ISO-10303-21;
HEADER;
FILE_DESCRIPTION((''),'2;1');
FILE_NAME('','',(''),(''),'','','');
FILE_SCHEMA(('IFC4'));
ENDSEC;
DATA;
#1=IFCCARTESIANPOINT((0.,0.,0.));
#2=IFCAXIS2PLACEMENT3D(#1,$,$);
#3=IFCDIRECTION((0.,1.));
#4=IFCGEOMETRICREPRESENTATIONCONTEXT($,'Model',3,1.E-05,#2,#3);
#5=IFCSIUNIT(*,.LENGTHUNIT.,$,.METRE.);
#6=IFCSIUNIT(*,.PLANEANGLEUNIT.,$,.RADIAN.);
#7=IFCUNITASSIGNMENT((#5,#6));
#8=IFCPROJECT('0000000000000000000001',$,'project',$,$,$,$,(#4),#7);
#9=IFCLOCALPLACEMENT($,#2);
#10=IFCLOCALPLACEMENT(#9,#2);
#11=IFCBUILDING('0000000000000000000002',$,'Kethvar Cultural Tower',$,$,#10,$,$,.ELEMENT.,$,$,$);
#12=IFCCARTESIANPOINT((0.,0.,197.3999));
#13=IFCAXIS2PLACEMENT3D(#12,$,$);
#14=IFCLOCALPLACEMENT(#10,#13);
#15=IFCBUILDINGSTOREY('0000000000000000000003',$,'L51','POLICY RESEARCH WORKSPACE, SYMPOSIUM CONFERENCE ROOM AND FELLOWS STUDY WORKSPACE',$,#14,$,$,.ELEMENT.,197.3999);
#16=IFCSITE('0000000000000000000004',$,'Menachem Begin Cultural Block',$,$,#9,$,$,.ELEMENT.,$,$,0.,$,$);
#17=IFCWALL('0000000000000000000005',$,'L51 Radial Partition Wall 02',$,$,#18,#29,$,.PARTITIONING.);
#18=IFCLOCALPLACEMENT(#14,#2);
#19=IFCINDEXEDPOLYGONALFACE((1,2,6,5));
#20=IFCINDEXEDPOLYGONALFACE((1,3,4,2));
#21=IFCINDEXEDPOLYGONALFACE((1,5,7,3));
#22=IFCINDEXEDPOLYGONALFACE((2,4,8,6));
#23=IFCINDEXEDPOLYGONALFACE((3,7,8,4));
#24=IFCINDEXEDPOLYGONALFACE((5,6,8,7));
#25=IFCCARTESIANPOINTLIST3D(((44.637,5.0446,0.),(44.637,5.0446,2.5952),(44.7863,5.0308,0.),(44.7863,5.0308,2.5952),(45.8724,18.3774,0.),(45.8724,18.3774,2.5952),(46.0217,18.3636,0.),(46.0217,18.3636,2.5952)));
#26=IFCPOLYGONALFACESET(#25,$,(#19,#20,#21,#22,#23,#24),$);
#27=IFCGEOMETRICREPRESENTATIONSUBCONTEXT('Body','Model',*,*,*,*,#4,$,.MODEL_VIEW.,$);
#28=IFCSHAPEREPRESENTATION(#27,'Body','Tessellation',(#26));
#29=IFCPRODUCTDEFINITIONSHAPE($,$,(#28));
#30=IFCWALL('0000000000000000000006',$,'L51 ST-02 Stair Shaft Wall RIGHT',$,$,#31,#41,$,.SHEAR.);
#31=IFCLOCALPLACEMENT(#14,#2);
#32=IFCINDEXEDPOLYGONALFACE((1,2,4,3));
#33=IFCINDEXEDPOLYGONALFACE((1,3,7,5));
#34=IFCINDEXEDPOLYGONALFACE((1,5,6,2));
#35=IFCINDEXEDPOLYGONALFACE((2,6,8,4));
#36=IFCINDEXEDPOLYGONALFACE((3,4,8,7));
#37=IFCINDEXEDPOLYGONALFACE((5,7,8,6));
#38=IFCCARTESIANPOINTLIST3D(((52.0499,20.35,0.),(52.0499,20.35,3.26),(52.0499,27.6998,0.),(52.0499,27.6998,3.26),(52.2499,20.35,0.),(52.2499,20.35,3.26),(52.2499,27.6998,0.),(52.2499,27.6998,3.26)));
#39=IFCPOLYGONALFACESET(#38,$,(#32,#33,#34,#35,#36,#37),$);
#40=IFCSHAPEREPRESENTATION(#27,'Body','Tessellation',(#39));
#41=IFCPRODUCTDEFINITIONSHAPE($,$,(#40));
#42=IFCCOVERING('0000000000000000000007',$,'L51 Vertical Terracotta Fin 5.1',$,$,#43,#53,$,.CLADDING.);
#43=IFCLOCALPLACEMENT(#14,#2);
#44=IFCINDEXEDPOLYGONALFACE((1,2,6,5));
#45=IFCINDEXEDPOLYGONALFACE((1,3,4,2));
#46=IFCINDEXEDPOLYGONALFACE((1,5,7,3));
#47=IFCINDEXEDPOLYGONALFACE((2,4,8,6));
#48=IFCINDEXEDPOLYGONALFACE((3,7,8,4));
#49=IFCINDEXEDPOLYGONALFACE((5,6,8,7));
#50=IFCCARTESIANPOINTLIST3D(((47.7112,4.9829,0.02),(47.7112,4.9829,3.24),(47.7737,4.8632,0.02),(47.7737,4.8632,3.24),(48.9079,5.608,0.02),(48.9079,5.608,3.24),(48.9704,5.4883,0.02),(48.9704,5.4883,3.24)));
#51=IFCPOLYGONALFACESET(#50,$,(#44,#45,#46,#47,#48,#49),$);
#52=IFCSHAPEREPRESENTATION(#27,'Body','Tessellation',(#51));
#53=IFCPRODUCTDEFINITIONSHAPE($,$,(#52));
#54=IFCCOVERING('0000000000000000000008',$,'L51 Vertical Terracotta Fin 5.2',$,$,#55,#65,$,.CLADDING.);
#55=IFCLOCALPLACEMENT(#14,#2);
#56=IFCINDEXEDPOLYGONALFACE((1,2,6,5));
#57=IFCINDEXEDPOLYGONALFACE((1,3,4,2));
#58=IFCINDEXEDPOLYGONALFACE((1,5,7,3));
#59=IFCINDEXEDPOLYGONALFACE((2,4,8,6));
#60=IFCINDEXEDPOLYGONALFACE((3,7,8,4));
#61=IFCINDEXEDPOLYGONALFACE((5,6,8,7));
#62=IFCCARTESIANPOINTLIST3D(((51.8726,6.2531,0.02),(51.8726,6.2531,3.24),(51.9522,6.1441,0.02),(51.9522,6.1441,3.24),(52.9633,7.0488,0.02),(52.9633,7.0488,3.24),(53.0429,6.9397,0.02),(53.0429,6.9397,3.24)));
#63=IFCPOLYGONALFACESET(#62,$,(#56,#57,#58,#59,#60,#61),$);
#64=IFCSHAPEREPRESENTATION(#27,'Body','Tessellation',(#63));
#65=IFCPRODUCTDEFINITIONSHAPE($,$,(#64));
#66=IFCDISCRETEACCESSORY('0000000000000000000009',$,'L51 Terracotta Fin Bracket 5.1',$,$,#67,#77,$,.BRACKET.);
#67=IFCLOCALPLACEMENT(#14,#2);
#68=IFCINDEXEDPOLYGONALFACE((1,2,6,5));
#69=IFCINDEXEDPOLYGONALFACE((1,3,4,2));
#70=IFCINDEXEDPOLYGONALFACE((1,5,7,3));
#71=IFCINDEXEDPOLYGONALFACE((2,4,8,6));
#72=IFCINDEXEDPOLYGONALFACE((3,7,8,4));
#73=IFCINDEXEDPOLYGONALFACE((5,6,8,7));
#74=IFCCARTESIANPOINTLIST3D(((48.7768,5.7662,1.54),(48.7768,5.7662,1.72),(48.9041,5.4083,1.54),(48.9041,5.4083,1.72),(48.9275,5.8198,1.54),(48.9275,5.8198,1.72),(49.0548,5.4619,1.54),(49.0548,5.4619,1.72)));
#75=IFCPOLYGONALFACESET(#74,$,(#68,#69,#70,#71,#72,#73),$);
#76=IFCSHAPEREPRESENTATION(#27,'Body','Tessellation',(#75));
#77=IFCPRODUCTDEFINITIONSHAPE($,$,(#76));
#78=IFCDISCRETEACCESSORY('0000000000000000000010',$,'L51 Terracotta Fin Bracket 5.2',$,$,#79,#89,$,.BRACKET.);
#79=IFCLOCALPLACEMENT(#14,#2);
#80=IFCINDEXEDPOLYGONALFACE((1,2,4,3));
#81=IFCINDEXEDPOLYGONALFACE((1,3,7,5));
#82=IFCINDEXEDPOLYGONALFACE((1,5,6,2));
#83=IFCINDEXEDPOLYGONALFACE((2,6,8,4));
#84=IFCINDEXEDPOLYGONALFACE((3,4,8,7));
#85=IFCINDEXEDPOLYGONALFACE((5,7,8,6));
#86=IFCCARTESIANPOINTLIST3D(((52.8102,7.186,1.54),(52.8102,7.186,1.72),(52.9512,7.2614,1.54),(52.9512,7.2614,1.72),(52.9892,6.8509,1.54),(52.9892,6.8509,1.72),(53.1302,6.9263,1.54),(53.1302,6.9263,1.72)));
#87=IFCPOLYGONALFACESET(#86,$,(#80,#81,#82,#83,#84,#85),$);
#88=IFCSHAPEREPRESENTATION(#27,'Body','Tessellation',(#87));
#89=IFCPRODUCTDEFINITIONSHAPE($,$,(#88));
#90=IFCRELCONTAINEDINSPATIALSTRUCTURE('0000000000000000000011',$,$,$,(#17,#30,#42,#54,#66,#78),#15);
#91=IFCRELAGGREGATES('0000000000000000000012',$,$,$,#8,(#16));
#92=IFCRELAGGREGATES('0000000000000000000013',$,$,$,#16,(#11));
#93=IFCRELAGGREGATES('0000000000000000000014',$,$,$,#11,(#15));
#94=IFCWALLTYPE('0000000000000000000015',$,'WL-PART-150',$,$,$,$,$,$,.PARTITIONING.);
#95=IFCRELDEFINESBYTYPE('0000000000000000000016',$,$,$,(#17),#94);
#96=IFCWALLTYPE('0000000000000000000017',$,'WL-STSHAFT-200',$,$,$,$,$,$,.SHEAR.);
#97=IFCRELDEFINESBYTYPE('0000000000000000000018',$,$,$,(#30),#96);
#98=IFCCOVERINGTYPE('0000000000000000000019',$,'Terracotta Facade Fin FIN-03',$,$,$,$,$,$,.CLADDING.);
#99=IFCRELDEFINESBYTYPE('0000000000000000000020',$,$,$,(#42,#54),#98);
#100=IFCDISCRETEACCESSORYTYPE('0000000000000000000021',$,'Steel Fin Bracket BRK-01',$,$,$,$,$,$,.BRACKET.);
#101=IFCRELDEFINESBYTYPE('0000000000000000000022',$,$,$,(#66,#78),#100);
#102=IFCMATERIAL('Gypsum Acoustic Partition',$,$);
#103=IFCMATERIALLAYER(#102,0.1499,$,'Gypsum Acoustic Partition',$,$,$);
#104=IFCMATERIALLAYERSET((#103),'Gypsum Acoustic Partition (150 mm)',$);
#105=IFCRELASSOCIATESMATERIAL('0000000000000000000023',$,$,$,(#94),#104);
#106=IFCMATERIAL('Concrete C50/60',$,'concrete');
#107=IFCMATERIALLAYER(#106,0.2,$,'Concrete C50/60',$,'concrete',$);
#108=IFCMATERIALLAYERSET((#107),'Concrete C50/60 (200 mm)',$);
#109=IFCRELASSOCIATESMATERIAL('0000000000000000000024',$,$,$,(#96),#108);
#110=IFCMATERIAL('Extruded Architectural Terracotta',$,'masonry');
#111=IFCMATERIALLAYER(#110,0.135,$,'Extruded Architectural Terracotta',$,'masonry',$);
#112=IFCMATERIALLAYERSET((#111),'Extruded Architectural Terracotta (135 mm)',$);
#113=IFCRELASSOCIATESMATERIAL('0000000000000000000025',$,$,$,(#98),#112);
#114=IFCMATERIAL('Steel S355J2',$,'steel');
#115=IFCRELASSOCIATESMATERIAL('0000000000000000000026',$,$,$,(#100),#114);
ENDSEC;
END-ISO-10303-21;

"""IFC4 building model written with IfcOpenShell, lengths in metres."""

from ifc_helpers import new_model, si_unit, direction, frame, frame_2d, origin, origin_2d, place, context, subcontext, project, spatial, rectangle, extrude, source, transform, mapped, material, layer, layer_set, type_object, element, save


model = new_model("IFC4")

# Units and contexts
model_context = context("Model", 3, precision=1e-05, world=origin(), true_north=direction((0.0, 1.0)))
body_context = subcontext(model_context, "Body", "Model", "MODEL_VIEW")
ifc_project = project(units=[si_unit("LENGTHUNIT", "METRE"), si_unit("PLANEANGLEUNIT", "RADIAN")], contexts=[model_context])

# Site, building, storey
site_placement = place(None, origin())
site = spatial("IfcSite", under=ifc_project, at=site_placement, Name="Menachem Begin Cultural Block", CompositionType="ELEMENT", RefElevation=0.0)
building_placement = place(site_placement, origin())
building = spatial("IfcBuilding", under=site, at=building_placement, Name="Kethvar Cultural Tower", CompositionType="ELEMENT")
storey_placement = place(building_placement, frame((0.0, 0.0, 197.3999)))
storey = spatial("IfcBuildingStorey", under=building, at=storey_placement, Name="L51", Description="POLICY RESEARCH WORKSPACE, SYMPOSIUM CONFERENCE ROOM AND FELLOWS STUDY WORKSPACE", CompositionType="ELEMENT", Elevation=197.3999)

# Shared definitions
ifc_material_1 = material(Name="Steel S355J2", Category="steel")

# Walls
ifc_material_2 = material(Name="Gypsum Acoustic Partition")
ifc_layer_1 = layer(ifc_material_2, 0.1499, Name="Gypsum Acoustic Partition")
ifc_layer_set_1 = layer_set([ifc_layer_1], Name="Gypsum Acoustic Partition (150 mm)")
wall_type_1 = type_object("IfcWallType", Name="WL-PART-150", PredefinedType="PARTITIONING", material=ifc_layer_set_1)
wall_1_placement = place(storey_placement, frame((45.947, 18.3704, 0.0), z_axis=(0.0, 0.0, 1.0), x_axis=(-0.09226, -0.995735, 0.0)))
element("IfcWall", 1, at=wall_1_placement, inside=storey, type_object=wall_type_1, Name="L51 Radial Partition Wall 02", PredefinedType="PARTITIONING", context=body_context, shape_type="SweptSolid", body=[
    extrude(rectangle(XDim=13.3899, YDim=0.1499, at=frame_2d((6.6948, 0.0))), origin(), (0.0, 0.0, 1.0), 2.5952),
])
ifc_material_3 = material(Name="Concrete C50/60", Category="concrete")
ifc_layer_2 = layer(ifc_material_3, 0.2, Name="Concrete C50/60", Category="concrete")
ifc_layer_set_2 = layer_set([ifc_layer_2], Name="Concrete C50/60 (200 mm)")
wall_type_2 = type_object("IfcWallType", Name="WL-STSHAFT-200", PredefinedType="SHEAR", material=ifc_layer_set_2)
wall_2_placement = place(storey_placement, frame((52.1499, 20.3501, 0.0), z_axis=(0.0, 0.0, 1.0), x_axis=(0.0, 1.0, 0.0)))
element("IfcWall", 2, at=wall_2_placement, inside=storey, type_object=wall_type_2, Name="L51 ST-02 Stair Shaft Wall RIGHT", PredefinedType="SHEAR", context=body_context, shape_type="SweptSolid", body=[
    extrude(rectangle(XDim=7.3499, YDim=0.2, at=frame_2d((3.6748, 0.0))), origin(), (0.0, 0.0, 1.0), 3.26),
])

# Coverings
ifc_material_4 = material(Name="Extruded Architectural Terracotta", Category="masonry")
ifc_layer_3 = layer(ifc_material_4, 0.135, Name="Extruded Architectural Terracotta", Category="masonry")
ifc_layer_set_3 = layer_set([ifc_layer_3], Name="Extruded Architectural Terracotta (135 mm)")
covering_type = type_object("IfcCoveringType", Name="Terracotta Facade Fin FIN-03", PredefinedType="CLADDING", material=ifc_layer_set_3)
shared_shape_1 = source(origin(), body_context, "Body", "SweptSolid", [
    extrude(rectangle(XDim=1.3501, YDim=0.135, at=origin_2d()), origin(), (0.0, 0.0, 1.0), 3.22),
])
for number, where, z_axis, x_axis, name in (
    (3, (48.3408, 5.2356, 0.02), (0.0, 0.0, 1.0), (-0.886365, -0.462987, 0.0), "L51 Vertical Terracotta Fin 5.1"),
    (4, (52.4578, 6.5964, 0.02), (0.0, 0.0, 1.0), (-0.807887, -0.589337, 0.0), "L51 Vertical Terracotta Fin 5.2"),
):
    element("IfcCovering", number, at=place(storey_placement, frame(where, z_axis=z_axis, x_axis=x_axis)), inside=storey, type_object=covering_type, Name=name, PredefinedType="CLADDING", context=body_context, shape_type="MappedRepresentation", body=[
        mapped(shared_shape_1, transform((0.0, 0.0, 0.0), scale=1.0)),
    ])

# Discrete accessories
discrete_accessory_type = type_object("IfcDiscreteAccessoryType", Name="Steel Fin Bracket BRK-01", PredefinedType="BRACKET", material=ifc_material_1)
shared_shape_2 = source(origin(), body_context, "Body", "SweptSolid", [
    extrude(rectangle(XDim=0.3799, YDim=0.1599, at=origin_2d()), origin(), (0.0, 0.0, 1.0), 0.1799),
])
for number, where, z_axis, x_axis, name in (
    (5, (48.9158, 5.614, 1.54), (0.0, 0.0, 1.0), (0.335123, -0.942174, 0.0), "L51 Terracotta Fin Bracket 5.1"),
    (6, (52.9702, 7.0562, 1.54), (0.0, 0.0, 1.0), (0.471166, -0.882045, 0.0), "L51 Terracotta Fin Bracket 5.2"),
):
    element("IfcDiscreteAccessory", number, at=place(storey_placement, frame(where, z_axis=z_axis, x_axis=x_axis)), inside=storey, type_object=discrete_accessory_type, Name=name, PredefinedType="BRACKET", context=body_context, shape_type="MappedRepresentation", body=[
        mapped(shared_shape_2, transform((0.0, 0.0, 0.0), scale=1.0)),
    ])

save(model, "model.ifc")
